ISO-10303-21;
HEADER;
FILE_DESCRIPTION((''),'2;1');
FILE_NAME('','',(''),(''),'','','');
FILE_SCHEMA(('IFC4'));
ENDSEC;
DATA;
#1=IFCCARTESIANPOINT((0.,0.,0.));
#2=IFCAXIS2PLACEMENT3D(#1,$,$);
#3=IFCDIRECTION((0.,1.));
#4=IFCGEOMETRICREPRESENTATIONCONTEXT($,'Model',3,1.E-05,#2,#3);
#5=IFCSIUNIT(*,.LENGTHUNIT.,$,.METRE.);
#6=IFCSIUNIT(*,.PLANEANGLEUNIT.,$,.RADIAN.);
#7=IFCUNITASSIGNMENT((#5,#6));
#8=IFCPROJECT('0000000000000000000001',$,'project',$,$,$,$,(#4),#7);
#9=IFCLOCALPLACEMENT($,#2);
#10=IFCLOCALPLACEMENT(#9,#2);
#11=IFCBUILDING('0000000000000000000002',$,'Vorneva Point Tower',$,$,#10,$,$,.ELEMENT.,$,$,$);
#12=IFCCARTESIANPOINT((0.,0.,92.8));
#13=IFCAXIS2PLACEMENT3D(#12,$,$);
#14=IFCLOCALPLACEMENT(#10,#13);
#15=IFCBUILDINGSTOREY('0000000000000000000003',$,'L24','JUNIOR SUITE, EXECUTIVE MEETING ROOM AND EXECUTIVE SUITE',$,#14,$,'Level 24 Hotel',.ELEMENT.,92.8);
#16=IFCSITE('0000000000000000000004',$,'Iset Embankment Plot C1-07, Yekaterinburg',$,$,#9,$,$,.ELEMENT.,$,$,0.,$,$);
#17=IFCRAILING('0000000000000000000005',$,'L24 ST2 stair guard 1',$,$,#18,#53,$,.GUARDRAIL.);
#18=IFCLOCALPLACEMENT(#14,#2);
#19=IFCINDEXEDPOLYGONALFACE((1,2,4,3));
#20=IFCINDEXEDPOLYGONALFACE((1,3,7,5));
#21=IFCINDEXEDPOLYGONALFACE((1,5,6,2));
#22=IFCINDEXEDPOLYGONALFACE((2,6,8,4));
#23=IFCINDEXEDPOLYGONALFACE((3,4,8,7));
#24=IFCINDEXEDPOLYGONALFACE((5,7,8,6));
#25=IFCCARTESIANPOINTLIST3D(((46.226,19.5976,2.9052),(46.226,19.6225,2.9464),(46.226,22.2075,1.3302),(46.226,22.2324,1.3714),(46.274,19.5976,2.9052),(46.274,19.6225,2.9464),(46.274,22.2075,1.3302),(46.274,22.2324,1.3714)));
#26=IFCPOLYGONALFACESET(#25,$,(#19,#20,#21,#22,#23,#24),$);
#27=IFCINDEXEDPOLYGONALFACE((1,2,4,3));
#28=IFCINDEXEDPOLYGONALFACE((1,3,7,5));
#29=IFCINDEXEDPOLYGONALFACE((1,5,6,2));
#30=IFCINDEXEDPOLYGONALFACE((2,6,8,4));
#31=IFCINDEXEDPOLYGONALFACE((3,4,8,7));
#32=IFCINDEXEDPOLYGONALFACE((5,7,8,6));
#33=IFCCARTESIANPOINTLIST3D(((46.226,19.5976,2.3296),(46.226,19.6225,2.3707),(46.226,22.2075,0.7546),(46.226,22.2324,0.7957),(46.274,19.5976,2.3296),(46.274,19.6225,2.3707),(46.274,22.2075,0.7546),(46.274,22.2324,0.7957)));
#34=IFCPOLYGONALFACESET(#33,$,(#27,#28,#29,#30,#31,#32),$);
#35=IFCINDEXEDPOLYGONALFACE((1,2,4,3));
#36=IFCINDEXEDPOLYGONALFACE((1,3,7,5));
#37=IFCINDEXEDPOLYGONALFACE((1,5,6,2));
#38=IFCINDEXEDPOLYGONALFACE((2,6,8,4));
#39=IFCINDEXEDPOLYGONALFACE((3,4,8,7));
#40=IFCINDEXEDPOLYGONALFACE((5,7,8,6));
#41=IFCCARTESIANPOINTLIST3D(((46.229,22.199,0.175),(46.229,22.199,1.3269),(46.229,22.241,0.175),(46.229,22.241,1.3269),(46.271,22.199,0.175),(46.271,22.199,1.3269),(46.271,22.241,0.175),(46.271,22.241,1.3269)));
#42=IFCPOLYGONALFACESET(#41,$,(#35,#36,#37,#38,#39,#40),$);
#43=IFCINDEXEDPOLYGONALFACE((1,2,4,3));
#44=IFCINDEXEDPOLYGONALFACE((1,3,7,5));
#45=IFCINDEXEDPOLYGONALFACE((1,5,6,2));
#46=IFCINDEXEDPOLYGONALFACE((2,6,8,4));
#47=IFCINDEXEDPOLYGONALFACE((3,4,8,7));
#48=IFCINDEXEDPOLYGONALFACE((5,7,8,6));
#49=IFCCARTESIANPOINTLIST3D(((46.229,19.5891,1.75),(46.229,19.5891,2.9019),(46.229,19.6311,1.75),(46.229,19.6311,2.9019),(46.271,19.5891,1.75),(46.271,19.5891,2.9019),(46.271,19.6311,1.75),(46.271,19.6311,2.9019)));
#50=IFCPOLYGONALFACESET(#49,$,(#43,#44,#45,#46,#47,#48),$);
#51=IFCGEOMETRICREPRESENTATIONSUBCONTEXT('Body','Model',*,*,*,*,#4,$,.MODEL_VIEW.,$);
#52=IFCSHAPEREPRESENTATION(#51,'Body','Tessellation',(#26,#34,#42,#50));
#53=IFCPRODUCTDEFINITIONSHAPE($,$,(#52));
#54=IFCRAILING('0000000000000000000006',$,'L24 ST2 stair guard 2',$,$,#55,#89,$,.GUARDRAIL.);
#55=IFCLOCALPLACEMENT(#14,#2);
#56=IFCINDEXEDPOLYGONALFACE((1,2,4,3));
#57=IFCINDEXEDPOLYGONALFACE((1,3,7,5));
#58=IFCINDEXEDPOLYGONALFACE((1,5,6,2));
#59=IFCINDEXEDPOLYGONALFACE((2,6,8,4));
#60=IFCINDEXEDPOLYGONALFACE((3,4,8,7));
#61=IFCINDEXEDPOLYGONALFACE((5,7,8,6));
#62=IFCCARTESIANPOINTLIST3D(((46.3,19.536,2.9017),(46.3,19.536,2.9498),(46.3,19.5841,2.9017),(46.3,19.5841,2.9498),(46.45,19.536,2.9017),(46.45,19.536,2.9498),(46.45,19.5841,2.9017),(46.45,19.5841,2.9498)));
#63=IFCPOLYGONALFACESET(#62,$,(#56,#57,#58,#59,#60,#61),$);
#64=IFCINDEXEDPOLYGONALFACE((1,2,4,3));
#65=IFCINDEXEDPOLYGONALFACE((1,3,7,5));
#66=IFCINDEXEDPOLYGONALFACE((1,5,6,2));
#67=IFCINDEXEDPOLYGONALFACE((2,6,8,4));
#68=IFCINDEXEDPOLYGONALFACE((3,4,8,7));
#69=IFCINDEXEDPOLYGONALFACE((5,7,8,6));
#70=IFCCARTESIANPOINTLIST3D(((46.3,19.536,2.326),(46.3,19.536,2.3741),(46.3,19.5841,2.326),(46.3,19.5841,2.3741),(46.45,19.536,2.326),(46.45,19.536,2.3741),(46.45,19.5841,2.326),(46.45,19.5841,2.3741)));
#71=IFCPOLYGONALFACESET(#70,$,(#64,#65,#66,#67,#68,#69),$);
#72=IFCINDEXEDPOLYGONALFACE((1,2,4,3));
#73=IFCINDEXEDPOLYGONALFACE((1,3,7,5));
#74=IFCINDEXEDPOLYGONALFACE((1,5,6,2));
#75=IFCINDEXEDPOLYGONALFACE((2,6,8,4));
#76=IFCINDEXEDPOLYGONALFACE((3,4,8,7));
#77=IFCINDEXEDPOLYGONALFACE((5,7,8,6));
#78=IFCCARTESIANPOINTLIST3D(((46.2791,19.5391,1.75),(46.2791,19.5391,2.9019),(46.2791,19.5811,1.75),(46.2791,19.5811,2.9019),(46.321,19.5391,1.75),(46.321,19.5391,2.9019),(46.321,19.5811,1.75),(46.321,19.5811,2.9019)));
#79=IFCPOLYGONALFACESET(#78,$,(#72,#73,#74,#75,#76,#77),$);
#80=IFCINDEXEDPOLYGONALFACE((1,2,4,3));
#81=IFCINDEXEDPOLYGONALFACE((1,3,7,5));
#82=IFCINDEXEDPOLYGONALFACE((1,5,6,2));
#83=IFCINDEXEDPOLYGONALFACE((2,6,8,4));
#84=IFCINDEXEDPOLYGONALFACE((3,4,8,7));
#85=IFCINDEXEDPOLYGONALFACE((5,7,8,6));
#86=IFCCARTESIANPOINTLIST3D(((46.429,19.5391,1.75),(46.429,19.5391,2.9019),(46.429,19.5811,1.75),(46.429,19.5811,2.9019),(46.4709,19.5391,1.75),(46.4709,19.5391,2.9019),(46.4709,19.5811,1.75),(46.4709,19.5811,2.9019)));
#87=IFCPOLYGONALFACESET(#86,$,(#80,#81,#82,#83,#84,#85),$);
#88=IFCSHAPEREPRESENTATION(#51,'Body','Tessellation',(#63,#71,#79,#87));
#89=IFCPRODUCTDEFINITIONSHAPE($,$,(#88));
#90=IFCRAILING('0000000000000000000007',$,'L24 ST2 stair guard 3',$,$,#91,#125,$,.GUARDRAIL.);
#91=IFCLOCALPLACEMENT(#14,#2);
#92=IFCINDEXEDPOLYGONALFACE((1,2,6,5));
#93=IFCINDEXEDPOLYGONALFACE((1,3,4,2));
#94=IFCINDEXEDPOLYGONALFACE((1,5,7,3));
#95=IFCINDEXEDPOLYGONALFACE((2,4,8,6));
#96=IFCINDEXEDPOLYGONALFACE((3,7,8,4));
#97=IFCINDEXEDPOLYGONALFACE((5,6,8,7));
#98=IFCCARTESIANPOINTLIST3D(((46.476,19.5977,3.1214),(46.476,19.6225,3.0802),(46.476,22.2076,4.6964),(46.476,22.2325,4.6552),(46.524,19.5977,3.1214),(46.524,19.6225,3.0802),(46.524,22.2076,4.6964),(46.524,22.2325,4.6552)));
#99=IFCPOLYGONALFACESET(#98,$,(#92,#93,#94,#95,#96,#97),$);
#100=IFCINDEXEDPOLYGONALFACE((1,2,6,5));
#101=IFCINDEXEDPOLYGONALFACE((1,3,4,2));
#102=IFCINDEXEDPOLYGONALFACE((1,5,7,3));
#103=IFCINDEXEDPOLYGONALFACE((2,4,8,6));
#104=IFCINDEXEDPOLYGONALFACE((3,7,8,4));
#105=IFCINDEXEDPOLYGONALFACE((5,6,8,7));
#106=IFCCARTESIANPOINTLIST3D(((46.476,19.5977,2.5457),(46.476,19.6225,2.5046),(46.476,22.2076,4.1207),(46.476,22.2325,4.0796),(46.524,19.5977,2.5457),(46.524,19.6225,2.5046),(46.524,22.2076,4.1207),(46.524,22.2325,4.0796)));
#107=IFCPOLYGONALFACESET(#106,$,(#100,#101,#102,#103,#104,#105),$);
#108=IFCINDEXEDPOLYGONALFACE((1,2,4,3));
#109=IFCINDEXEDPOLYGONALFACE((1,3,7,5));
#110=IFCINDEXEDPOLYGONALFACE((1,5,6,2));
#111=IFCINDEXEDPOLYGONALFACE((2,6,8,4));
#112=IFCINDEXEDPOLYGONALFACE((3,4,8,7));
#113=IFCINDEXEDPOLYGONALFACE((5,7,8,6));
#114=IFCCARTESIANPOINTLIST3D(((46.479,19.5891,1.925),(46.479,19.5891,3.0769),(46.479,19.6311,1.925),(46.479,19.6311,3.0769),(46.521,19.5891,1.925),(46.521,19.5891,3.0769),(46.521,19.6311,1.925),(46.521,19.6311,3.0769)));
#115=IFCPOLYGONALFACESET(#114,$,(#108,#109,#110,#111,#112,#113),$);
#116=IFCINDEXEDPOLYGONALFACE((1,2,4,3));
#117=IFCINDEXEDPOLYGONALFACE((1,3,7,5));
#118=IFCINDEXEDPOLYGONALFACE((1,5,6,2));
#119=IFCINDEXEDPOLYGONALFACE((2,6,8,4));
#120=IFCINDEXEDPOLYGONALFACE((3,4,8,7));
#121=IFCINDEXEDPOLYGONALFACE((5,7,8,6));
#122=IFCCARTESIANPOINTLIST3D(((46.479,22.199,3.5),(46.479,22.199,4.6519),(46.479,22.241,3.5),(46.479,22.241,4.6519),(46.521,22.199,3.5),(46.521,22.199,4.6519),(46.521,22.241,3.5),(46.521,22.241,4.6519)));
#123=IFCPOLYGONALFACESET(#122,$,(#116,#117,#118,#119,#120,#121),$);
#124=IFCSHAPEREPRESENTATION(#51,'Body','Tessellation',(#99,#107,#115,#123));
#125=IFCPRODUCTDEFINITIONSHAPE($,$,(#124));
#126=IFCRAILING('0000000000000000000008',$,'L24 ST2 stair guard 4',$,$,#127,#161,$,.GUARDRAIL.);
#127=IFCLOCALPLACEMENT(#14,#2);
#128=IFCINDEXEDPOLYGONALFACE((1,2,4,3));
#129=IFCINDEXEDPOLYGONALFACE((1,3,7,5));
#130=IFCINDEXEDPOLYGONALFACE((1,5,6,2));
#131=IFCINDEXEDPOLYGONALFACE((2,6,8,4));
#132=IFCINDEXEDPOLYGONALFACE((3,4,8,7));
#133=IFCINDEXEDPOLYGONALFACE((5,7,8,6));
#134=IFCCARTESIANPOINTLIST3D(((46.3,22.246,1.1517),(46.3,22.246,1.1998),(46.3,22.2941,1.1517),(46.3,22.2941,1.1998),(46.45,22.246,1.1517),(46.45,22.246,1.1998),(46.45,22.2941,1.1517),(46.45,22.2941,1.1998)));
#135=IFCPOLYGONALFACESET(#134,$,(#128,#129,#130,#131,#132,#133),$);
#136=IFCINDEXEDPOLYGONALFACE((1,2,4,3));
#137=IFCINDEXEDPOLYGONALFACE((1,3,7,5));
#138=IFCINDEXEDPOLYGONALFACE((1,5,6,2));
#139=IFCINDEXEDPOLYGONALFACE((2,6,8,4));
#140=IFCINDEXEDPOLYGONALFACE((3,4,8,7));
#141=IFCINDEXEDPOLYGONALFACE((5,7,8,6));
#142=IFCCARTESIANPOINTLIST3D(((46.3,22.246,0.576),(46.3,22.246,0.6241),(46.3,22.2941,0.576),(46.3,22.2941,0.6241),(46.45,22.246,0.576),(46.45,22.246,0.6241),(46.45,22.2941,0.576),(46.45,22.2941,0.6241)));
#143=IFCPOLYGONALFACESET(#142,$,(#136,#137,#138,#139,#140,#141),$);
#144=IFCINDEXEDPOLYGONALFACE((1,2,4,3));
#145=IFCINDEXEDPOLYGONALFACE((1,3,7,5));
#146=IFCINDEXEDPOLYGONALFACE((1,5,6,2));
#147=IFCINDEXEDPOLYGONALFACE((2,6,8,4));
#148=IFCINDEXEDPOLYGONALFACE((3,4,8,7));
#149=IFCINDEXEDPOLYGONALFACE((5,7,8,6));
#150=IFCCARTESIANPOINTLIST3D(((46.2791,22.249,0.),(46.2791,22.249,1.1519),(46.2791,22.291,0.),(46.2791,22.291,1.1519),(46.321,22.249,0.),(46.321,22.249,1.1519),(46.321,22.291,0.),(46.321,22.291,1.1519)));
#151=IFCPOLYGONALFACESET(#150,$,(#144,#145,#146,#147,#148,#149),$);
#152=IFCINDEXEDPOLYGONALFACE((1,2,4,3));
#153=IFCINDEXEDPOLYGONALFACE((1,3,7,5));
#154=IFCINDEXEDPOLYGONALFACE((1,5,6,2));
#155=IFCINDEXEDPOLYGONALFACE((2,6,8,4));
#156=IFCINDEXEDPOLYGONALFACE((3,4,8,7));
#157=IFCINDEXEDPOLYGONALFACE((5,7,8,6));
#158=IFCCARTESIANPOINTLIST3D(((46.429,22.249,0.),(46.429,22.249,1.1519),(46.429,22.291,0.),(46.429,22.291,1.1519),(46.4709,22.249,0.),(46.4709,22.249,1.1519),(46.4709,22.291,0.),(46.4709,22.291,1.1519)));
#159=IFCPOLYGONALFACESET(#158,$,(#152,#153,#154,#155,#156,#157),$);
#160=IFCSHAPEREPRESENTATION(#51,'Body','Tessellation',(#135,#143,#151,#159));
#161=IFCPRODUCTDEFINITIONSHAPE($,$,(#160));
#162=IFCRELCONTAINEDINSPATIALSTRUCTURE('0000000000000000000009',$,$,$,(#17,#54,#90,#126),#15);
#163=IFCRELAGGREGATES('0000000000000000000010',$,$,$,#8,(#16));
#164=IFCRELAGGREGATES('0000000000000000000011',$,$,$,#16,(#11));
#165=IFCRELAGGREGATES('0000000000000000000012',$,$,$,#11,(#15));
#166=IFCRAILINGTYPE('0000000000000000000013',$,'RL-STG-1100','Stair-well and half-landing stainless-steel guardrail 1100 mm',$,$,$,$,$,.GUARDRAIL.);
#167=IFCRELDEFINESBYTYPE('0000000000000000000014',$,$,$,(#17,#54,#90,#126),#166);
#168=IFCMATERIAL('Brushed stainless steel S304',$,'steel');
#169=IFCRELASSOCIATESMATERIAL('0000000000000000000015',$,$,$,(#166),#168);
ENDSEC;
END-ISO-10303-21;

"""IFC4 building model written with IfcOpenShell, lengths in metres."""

from ifc_helpers import new_model, si_unit, direction, frame, origin, origin_2d, place, context, subcontext, project, spatial, rectangle, extrude, material, type_object, element, save


model = new_model("IFC4")

# Units and contexts
model_context = context("Model", 3, precision=1e-05, world=origin(), true_north=direction((0.0, 1.0)))
body_context = subcontext(model_context, "Body", "Model", "MODEL_VIEW")
ifc_project = project(units=[si_unit("LENGTHUNIT", "METRE"), si_unit("PLANEANGLEUNIT", "RADIAN")], contexts=[model_context])

# Site, building, storey
site_placement = place(None, origin())
site = spatial("IfcSite", under=ifc_project, at=site_placement, Name="Iset Embankment Plot C1-07, Yekaterinburg", CompositionType="ELEMENT", RefElevation=0.0)
building_placement = place(site_placement, origin())
building = spatial("IfcBuilding", under=site, at=building_placement, Name="Vorneva Point Tower", CompositionType="ELEMENT")
storey_placement = place(building_placement, frame((0.0, 0.0, 92.8)))
storey = spatial("IfcBuildingStorey", under=building, at=storey_placement, Name="L24", Description="JUNIOR SUITE, EXECUTIVE MEETING ROOM AND EXECUTIVE SUITE", LongName="Level 24 Hotel", CompositionType="ELEMENT", Elevation=92.8)

# Railings
ifc_material_1 = material(Name="Brushed stainless steel S304", Category="steel")
railing_type_1 = type_object("IfcRailingType", Name="RL-STG-1100", Description="Stair-well and half-landing stainless-steel guardrail 1100 mm", PredefinedType="GUARDRAIL", material=ifc_material_1)
railing_1_placement = place(storey_placement, frame((46.25, 22.22, 0.175)))
element("IfcRailing", 1, at=railing_1_placement, inside=storey, type_object=railing_type_1, Name="L24 ST2 stair guard 1", PredefinedType="GUARDRAIL", context=body_context, shape_type="SweptSolid", body=[
    extrude(rectangle(XDim=0.0481, YDim=0.0481, at=origin_2d()), frame((0.0, 0.0, 1.1758), z_axis=(0.0, -0.856183, 0.516673), x_axis=(1.0, 0.0, 0.0)), (0.0, 0.0, 1.0), 3.0483),
    extrude(rectangle(XDim=0.0481, YDim=0.0481, at=origin_2d()), frame((0.0, 0.0, 0.6001), z_axis=(0.0, -0.856183, 0.516673), x_axis=(1.0, 0.0, 0.0)), (0.0, 0.0, 1.0), 3.0483),
    extrude(rectangle(XDim=0.042, YDim=0.042, at=origin_2d()), origin(), (0.0, 0.0, 1.0), 1.1519),
    extrude(rectangle(XDim=0.042, YDim=0.042, at=origin_2d()), frame((0.0, -2.6099, 1.575)), (0.0, 0.0, 1.0), 1.1519),
])
railing_2_placement = place(storey_placement, frame((46.3, 19.5601, 1.75)))
element("IfcRailing", 2, at=railing_2_placement, inside=storey, type_object=railing_type_1, Name="L24 ST2 stair guard 2", PredefinedType="GUARDRAIL", context=body_context, shape_type="SweptSolid", body=[
    extrude(rectangle(XDim=0.0481, YDim=0.0481, at=origin_2d()), frame((0.0, 0.0, 1.1758), z_axis=(1.0, 0.0, 0.0), x_axis=(0.0, 1.0, 0.0)), (0.0, 0.0, 1.0), 0.1499),
    extrude(rectangle(XDim=0.0481, YDim=0.0481, at=origin_2d()), frame((0.0, 0.0, 0.6001), z_axis=(1.0, 0.0, 0.0), x_axis=(0.0, 1.0, 0.0)), (0.0, 0.0, 1.0), 0.1499),
    extrude(rectangle(XDim=0.042, YDim=0.042, at=origin_2d()), origin(), (0.0, 0.0, 1.0), 1.1519),
    extrude(rectangle(XDim=0.042, YDim=0.042, at=origin_2d()), frame((0.1499, 0.0, 0.0)), (0.0, 0.0, 1.0), 1.1519),
])
railing_3_placement = place(storey_placement, frame((46.5, 19.6101, 1.925)))
element("IfcRailing", 3, at=railing_3_placement, inside=storey, type_object=railing_type_1, Name="L24 ST2 stair guard 3", PredefinedType="GUARDRAIL", context=body_context, shape_type="SweptSolid", body=[
    extrude(rectangle(XDim=0.0481, YDim=0.0481, at=origin_2d()), frame((0.0, 0.0, 1.1758), z_axis=(0.0, 0.856183, 0.516673), x_axis=(-1.0, 0.0, 0.0)), (0.0, 0.0, 1.0), 3.0483),
    extrude(rectangle(XDim=0.0481, YDim=0.0481, at=origin_2d()), frame((0.0, 0.0, 0.6001), z_axis=(0.0, 0.856183, 0.516673), x_axis=(-1.0, 0.0, 0.0)), (0.0, 0.0, 1.0), 3.0483),
    extrude(rectangle(XDim=0.042, YDim=0.042, at=origin_2d()), origin(), (0.0, 0.0, 1.0), 1.1519),
    extrude(rectangle(XDim=0.042, YDim=0.042, at=origin_2d()), frame((0.0, 2.6099, 1.575)), (0.0, 0.0, 1.0), 1.1519),
])
railing_4_placement = place(storey_placement, frame((46.3, 22.27, 0.0)))
element("IfcRailing", 4, at=railing_4_placement, inside=storey, type_object=railing_type_1, Name="L24 ST2 stair guard 4", PredefinedType="GUARDRAIL", context=body_context, shape_type="SweptSolid", body=[
    extrude(rectangle(XDim=0.0481, YDim=0.0481, at=origin_2d()), frame((0.0, 0.0, 1.1758), z_axis=(1.0, 0.0, 0.0), x_axis=(0.0, 1.0, 0.0)), (0.0, 0.0, 1.0), 0.1499),
    extrude(rectangle(XDim=0.0481, YDim=0.0481, at=origin_2d()), frame((0.0, 0.0, 0.6001), z_axis=(1.0, 0.0, 0.0), x_axis=(0.0, 1.0, 0.0)), (0.0, 0.0, 1.0), 0.1499),
    extrude(rectangle(XDim=0.042, YDim=0.042, at=origin_2d()), origin(), (0.0, 0.0, 1.0), 1.1519),
    extrude(rectangle(XDim=0.042, YDim=0.042, at=origin_2d()), frame((0.1499, 0.0, 0.0)), (0.0, 0.0, 1.0), 1.1519),
])

save(model, "model.ifc")
